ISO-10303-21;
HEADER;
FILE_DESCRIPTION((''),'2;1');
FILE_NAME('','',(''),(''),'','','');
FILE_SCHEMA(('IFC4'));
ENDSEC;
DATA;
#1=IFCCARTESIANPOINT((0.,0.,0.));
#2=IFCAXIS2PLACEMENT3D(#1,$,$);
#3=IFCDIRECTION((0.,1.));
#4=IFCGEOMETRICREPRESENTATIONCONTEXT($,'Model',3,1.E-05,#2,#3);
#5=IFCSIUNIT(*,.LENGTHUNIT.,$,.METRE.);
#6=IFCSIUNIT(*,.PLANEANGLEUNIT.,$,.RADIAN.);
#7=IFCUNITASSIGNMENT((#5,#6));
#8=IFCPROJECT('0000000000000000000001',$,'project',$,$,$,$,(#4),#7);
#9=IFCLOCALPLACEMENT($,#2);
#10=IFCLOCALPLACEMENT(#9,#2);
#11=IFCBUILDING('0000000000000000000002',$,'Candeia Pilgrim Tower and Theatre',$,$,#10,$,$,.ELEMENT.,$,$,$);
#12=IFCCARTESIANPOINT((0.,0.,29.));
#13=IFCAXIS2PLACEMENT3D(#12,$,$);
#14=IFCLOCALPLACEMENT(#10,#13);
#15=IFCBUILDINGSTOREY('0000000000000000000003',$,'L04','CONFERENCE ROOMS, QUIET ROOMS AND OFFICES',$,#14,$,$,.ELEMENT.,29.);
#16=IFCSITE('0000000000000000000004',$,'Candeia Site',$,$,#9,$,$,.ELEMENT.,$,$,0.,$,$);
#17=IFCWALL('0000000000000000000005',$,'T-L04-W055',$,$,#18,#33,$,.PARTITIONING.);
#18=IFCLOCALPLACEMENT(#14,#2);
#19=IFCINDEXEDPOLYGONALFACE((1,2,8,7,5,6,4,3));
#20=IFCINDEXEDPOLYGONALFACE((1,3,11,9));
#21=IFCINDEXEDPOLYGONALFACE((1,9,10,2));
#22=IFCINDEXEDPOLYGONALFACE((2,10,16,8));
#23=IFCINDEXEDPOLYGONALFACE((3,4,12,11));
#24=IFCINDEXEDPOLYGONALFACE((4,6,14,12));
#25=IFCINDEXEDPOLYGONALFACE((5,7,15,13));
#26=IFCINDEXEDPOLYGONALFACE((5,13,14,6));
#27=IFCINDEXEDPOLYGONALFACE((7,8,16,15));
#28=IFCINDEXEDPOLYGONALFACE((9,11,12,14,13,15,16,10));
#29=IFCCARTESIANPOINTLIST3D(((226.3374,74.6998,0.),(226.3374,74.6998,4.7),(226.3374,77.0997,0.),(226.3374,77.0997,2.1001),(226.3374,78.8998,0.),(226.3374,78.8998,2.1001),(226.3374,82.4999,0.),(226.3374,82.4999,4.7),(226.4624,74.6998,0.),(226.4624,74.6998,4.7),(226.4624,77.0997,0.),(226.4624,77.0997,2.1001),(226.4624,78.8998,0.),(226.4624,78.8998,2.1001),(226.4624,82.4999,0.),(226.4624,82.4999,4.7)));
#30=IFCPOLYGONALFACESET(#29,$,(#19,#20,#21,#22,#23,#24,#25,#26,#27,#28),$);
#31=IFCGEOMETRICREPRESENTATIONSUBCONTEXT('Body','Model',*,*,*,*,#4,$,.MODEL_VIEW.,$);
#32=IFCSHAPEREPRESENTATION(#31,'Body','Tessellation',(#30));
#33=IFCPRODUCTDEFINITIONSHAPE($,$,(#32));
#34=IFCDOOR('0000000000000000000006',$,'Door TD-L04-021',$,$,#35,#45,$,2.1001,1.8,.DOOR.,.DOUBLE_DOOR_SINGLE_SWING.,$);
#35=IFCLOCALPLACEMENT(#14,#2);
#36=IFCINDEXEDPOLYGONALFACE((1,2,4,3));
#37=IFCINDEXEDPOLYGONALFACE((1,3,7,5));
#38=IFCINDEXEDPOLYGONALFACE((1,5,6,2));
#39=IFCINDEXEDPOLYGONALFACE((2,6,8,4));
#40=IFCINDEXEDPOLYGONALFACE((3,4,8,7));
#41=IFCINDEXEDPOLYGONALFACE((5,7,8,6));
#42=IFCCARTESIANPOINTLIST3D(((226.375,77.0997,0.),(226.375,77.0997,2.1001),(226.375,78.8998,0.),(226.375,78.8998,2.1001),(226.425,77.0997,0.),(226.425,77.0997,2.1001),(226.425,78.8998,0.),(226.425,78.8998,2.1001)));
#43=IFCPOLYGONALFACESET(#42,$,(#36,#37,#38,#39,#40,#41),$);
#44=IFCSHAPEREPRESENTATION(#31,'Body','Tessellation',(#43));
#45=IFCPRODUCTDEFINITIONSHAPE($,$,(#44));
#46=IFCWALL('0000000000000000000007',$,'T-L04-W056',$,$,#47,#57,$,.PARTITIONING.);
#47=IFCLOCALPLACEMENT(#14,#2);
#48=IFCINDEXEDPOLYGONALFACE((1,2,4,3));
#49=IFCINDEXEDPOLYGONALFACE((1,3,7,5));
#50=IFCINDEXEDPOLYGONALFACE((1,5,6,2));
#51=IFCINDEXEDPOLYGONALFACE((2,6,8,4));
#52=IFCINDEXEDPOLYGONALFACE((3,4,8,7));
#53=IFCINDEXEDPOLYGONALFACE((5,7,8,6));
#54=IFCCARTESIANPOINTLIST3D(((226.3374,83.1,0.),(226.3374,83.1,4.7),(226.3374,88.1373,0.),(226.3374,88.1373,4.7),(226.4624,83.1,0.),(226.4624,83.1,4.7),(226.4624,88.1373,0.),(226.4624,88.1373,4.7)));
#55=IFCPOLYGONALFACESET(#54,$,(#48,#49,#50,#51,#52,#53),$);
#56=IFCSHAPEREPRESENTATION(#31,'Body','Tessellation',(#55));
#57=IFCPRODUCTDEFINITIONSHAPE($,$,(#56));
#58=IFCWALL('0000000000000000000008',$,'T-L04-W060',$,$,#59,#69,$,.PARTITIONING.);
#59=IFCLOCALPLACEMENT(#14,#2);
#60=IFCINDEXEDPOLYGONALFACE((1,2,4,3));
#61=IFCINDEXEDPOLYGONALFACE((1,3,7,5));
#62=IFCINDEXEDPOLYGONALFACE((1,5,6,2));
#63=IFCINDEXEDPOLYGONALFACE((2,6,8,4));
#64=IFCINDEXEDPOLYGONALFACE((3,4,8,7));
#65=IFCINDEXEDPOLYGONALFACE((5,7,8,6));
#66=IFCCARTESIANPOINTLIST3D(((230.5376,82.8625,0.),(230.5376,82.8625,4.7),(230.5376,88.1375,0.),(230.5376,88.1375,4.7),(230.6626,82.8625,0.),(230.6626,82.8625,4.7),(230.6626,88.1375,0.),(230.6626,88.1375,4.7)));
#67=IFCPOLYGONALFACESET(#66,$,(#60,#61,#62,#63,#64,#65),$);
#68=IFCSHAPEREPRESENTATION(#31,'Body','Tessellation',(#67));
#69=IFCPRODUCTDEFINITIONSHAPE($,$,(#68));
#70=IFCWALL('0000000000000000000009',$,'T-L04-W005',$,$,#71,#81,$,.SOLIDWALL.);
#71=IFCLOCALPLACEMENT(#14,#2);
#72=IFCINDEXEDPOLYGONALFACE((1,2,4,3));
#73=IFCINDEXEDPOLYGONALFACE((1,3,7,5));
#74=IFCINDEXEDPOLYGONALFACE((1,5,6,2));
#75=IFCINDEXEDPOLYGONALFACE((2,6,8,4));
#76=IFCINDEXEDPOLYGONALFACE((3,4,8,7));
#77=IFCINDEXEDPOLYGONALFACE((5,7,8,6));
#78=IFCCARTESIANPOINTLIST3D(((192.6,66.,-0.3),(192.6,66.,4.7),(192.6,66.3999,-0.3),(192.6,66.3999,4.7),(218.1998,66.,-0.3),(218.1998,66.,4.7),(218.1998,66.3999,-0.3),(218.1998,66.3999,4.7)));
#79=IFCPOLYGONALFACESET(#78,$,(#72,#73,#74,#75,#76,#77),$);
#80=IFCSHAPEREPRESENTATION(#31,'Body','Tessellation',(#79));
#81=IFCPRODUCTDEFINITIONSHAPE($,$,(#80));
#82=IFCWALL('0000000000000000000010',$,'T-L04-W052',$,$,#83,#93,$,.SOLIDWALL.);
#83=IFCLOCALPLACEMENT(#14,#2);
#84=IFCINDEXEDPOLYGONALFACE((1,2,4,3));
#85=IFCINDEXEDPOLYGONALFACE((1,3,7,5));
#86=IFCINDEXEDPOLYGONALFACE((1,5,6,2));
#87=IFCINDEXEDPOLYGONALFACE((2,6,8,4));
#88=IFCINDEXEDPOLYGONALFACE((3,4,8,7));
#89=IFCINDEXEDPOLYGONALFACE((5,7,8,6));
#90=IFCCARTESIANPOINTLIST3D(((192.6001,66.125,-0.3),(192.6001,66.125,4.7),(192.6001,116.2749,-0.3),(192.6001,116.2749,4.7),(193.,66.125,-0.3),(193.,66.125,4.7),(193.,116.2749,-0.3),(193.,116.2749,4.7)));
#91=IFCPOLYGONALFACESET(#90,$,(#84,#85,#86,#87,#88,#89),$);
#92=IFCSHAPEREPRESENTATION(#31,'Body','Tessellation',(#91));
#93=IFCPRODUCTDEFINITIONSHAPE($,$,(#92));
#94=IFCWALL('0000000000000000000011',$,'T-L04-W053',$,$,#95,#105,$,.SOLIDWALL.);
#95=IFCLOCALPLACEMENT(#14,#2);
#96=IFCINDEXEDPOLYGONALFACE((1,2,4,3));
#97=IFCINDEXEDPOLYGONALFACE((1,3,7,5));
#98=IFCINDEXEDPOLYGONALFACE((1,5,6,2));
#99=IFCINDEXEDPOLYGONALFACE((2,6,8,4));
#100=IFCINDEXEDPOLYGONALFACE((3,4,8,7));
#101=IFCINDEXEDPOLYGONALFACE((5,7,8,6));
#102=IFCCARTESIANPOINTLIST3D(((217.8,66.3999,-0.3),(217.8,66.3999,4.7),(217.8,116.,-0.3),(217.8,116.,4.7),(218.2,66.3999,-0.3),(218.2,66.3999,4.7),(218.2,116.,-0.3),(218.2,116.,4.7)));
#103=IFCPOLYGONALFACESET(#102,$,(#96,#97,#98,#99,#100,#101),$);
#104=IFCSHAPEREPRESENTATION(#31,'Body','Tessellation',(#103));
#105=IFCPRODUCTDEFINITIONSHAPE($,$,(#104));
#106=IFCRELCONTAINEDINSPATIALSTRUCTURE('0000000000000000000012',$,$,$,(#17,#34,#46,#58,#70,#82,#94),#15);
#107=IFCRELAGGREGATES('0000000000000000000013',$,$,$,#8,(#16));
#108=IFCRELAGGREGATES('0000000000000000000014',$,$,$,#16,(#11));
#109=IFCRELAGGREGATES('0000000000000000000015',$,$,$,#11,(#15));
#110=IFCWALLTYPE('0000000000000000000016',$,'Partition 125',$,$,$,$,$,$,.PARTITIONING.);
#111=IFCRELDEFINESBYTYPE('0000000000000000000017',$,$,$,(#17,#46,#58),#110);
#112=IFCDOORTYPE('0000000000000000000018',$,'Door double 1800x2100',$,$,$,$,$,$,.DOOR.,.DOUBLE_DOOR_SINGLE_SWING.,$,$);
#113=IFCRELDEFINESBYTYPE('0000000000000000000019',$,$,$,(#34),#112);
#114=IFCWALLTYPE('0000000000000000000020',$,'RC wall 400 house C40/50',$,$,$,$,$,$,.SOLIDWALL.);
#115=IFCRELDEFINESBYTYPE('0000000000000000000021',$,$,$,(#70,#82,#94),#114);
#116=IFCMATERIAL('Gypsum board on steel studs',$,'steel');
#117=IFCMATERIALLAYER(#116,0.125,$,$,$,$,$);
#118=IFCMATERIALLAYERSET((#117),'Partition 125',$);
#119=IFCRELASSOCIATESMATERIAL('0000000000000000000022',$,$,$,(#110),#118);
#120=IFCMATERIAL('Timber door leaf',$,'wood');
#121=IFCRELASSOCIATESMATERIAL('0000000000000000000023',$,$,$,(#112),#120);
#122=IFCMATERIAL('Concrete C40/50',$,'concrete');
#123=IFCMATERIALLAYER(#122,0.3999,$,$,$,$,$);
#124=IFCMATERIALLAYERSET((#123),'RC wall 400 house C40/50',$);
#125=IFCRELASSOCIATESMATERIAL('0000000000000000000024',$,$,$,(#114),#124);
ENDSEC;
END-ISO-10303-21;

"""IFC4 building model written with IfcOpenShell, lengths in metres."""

from ifc_helpers import new_model, si_unit, direction, frame, frame_2d, origin, place, context, subcontext, project, spatial, rectangle, extrude, material, layer, layer_set, type_object, element, fill, save


model = new_model("IFC4")

# Units and contexts
model_context = context("Model", 3, precision=1e-05, world=origin(), true_north=direction((0.0, 1.0)))
body_context = subcontext(model_context, "Body", "Model", "MODEL_VIEW")
ifc_project = project(units=[si_unit("LENGTHUNIT", "METRE"), si_unit("PLANEANGLEUNIT", "RADIAN")], contexts=[model_context])

# Site, building, storey
site_placement = place(None, origin())
site = spatial("IfcSite", under=ifc_project, at=site_placement, Name="Candeia Site", CompositionType="ELEMENT", RefElevation=0.0)
building_placement = place(site_placement, origin())
building = spatial("IfcBuilding", under=site, at=building_placement, Name="Candeia Pilgrim Tower and Theatre", CompositionType="ELEMENT")
storey_placement = place(building_placement, frame((0.0, 0.0, 29.0)))
storey = spatial("IfcBuildingStorey", under=building, at=storey_placement, Name="L04", Description="CONFERENCE ROOMS, QUIET ROOMS AND OFFICES", CompositionType="ELEMENT", Elevation=29.0)

# Shared definitions
ifc_material_1 = material(Name="Concrete C40/50", Category="concrete")

# Shared definitions
ifc_material_2 = material(Name="Gypsum board on steel studs", Category="steel")
ifc_layer_1 = layer(ifc_material_2, 0.125)
ifc_layer_set_1 = layer_set([ifc_layer_1], Name="Partition 125")
wall_type_1 = type_object("IfcWallType", Name="Partition 125", PredefinedType="PARTITIONING", material=ifc_layer_set_1)

# Shared definitions
ifc_material_3 = material(Name="Timber door leaf", Category="wood")

# Wall, opening, door
door_type_1 = type_object("IfcDoorType", Name="Door double 1800x2100", OperationType="DOUBLE_DOOR_SINGLE_SWING", PredefinedType="DOOR", material=ifc_material_3)
wall_1_placement = place(storey_placement, frame((226.3999, 74.7, 0.0), z_axis=(0.0, 0.0, 1.0), x_axis=(0.0, 1.0, 0.0)))
wall_1 = element("IfcWall", 1, at=wall_1_placement, inside=storey, type_object=wall_type_1, Name="T-L04-W055", PredefinedType="PARTITIONING", context=body_context, shape_type="SweptSolid", body=[
    extrude(rectangle(XDim=7.8, YDim=0.125, at=frame_2d((3.8999, 0.0))), origin(), (0.0, 0.0, 1.0), 4.7),
])
opening_1_placement = place(wall_1_placement, frame((2.3999, 0.0, 0.0)))
opening_1 = element("IfcOpeningElement", 2, at=opening_1_placement, cuts=wall_1, PredefinedType="OPENING", context=body_context, shape_type="SweptSolid", body=[
    extrude(rectangle(XDim=1.8, YDim=2.1001, at=frame_2d((0.8999, 1.05))), frame((0.0, 0.0725, 0.0), z_axis=(0.0, -1.0, 0.0), x_axis=(1.0, 0.0, 0.0)), (0.0, 0.0, 1.0), 0.145),
])
door_1_placement = place(opening_1_placement, origin())
door_1 = element("IfcDoor", 3, at=door_1_placement, inside=storey, type_object=door_type_1, Name="Door TD-L04-021", OperationType="DOUBLE_DOOR_SINGLE_SWING", OverallHeight=2.1001, OverallWidth=1.8, PredefinedType="DOOR", context=body_context, shape_type="SweptSolid", body=[
    extrude(rectangle(XDim=1.8, YDim=2.1001, at=frame_2d((0.8999, 1.05))), frame((0.0, 0.0249, 0.0), z_axis=(0.0, -1.0, 0.0), x_axis=(1.0, 0.0, 0.0)), (0.0, 0.0, 1.0), 0.05),
])
fill(opening_1, door_1)

# Walls
wall_2_placement = place(storey_placement, frame((226.3999, 83.1001, 0.0), z_axis=(0.0, 0.0, 1.0), x_axis=(0.0, 1.0, 0.0)))
element("IfcWall", 4, at=wall_2_placement, inside=storey, type_object=wall_type_1, Name="T-L04-W056", PredefinedType="PARTITIONING", context=body_context, shape_type="SweptSolid", body=[
    extrude(rectangle(XDim=5.0374, YDim=0.125, at=frame_2d((2.5186, 0.0))), origin(), (0.0, 0.0, 1.0), 4.7),
])
wall_3_placement = place(storey_placement, frame((230.6001, 82.8625, 0.0), z_axis=(0.0, 0.0, 1.0), x_axis=(0.0, 1.0, 0.0)))
element("IfcWall", 5, at=wall_3_placement, inside=storey, type_object=wall_type_1, Name="T-L04-W060", PredefinedType="PARTITIONING", context=body_context, shape_type="SweptSolid", body=[
    extrude(rectangle(XDim=5.2749, YDim=0.125, at=frame_2d((2.6375, 0.0))), origin(), (0.0, 0.0, 1.0), 4.7),
])
ifc_layer_2 = layer(ifc_material_1, 0.3999)
ifc_layer_set_2 = layer_set([ifc_layer_2], Name="RC wall 400 house C40/50")
wall_type_2 = type_object("IfcWallType", Name="RC wall 400 house C40/50", PredefinedType="SOLIDWALL", material=ifc_layer_set_2)
wall_4_placement = place(storey_placement, frame((192.6001, 66.2, -0.3), z_axis=(0.0, 0.0, 1.0), x_axis=(1.0, 0.0, 0.0)))
element("IfcWall", 6, at=wall_4_placement, inside=storey, type_object=wall_type_2, Name="T-L04-W005", PredefinedType="SOLIDWALL", context=body_context, shape_type="SweptSolid", body=[
    extrude(rectangle(XDim=25.5999, YDim=0.3999, at=frame_2d((12.7998, 0.0))), origin(), (0.0, 0.0, 1.0), 5.0),
])
wall_5_placement = place(storey_placement, frame((192.8, 66.125, -0.3), z_axis=(0.0, 0.0, 1.0), x_axis=(0.0, 1.0, 0.0)))
element("IfcWall", 7, at=wall_5_placement, inside=storey, type_object=wall_type_2, Name="T-L04-W052", PredefinedType="SOLIDWALL", context=body_context, shape_type="SweptSolid", body=[
    extrude(rectangle(XDim=50.1499, YDim=0.3999, at=frame_2d((25.075, 0.0))), origin(), (0.0, 0.0, 1.0), 5.0),
])
wall_6_placement = place(storey_placement, frame((218.0, 66.3999, -0.3), z_axis=(0.0, 0.0, 1.0), x_axis=(0.0, 1.0, 0.0)))
element("IfcWall", 8, at=wall_6_placement, inside=storey, type_object=wall_type_2, Name="T-L04-W053", PredefinedType="SOLIDWALL", context=body_context, shape_type="SweptSolid", body=[
    extrude(rectangle(XDim=49.6001, YDim=0.3999, at=frame_2d((24.8, 0.0))), origin(), (0.0, 0.0, 1.0), 5.0),
])

save(model, "model.ifc")
